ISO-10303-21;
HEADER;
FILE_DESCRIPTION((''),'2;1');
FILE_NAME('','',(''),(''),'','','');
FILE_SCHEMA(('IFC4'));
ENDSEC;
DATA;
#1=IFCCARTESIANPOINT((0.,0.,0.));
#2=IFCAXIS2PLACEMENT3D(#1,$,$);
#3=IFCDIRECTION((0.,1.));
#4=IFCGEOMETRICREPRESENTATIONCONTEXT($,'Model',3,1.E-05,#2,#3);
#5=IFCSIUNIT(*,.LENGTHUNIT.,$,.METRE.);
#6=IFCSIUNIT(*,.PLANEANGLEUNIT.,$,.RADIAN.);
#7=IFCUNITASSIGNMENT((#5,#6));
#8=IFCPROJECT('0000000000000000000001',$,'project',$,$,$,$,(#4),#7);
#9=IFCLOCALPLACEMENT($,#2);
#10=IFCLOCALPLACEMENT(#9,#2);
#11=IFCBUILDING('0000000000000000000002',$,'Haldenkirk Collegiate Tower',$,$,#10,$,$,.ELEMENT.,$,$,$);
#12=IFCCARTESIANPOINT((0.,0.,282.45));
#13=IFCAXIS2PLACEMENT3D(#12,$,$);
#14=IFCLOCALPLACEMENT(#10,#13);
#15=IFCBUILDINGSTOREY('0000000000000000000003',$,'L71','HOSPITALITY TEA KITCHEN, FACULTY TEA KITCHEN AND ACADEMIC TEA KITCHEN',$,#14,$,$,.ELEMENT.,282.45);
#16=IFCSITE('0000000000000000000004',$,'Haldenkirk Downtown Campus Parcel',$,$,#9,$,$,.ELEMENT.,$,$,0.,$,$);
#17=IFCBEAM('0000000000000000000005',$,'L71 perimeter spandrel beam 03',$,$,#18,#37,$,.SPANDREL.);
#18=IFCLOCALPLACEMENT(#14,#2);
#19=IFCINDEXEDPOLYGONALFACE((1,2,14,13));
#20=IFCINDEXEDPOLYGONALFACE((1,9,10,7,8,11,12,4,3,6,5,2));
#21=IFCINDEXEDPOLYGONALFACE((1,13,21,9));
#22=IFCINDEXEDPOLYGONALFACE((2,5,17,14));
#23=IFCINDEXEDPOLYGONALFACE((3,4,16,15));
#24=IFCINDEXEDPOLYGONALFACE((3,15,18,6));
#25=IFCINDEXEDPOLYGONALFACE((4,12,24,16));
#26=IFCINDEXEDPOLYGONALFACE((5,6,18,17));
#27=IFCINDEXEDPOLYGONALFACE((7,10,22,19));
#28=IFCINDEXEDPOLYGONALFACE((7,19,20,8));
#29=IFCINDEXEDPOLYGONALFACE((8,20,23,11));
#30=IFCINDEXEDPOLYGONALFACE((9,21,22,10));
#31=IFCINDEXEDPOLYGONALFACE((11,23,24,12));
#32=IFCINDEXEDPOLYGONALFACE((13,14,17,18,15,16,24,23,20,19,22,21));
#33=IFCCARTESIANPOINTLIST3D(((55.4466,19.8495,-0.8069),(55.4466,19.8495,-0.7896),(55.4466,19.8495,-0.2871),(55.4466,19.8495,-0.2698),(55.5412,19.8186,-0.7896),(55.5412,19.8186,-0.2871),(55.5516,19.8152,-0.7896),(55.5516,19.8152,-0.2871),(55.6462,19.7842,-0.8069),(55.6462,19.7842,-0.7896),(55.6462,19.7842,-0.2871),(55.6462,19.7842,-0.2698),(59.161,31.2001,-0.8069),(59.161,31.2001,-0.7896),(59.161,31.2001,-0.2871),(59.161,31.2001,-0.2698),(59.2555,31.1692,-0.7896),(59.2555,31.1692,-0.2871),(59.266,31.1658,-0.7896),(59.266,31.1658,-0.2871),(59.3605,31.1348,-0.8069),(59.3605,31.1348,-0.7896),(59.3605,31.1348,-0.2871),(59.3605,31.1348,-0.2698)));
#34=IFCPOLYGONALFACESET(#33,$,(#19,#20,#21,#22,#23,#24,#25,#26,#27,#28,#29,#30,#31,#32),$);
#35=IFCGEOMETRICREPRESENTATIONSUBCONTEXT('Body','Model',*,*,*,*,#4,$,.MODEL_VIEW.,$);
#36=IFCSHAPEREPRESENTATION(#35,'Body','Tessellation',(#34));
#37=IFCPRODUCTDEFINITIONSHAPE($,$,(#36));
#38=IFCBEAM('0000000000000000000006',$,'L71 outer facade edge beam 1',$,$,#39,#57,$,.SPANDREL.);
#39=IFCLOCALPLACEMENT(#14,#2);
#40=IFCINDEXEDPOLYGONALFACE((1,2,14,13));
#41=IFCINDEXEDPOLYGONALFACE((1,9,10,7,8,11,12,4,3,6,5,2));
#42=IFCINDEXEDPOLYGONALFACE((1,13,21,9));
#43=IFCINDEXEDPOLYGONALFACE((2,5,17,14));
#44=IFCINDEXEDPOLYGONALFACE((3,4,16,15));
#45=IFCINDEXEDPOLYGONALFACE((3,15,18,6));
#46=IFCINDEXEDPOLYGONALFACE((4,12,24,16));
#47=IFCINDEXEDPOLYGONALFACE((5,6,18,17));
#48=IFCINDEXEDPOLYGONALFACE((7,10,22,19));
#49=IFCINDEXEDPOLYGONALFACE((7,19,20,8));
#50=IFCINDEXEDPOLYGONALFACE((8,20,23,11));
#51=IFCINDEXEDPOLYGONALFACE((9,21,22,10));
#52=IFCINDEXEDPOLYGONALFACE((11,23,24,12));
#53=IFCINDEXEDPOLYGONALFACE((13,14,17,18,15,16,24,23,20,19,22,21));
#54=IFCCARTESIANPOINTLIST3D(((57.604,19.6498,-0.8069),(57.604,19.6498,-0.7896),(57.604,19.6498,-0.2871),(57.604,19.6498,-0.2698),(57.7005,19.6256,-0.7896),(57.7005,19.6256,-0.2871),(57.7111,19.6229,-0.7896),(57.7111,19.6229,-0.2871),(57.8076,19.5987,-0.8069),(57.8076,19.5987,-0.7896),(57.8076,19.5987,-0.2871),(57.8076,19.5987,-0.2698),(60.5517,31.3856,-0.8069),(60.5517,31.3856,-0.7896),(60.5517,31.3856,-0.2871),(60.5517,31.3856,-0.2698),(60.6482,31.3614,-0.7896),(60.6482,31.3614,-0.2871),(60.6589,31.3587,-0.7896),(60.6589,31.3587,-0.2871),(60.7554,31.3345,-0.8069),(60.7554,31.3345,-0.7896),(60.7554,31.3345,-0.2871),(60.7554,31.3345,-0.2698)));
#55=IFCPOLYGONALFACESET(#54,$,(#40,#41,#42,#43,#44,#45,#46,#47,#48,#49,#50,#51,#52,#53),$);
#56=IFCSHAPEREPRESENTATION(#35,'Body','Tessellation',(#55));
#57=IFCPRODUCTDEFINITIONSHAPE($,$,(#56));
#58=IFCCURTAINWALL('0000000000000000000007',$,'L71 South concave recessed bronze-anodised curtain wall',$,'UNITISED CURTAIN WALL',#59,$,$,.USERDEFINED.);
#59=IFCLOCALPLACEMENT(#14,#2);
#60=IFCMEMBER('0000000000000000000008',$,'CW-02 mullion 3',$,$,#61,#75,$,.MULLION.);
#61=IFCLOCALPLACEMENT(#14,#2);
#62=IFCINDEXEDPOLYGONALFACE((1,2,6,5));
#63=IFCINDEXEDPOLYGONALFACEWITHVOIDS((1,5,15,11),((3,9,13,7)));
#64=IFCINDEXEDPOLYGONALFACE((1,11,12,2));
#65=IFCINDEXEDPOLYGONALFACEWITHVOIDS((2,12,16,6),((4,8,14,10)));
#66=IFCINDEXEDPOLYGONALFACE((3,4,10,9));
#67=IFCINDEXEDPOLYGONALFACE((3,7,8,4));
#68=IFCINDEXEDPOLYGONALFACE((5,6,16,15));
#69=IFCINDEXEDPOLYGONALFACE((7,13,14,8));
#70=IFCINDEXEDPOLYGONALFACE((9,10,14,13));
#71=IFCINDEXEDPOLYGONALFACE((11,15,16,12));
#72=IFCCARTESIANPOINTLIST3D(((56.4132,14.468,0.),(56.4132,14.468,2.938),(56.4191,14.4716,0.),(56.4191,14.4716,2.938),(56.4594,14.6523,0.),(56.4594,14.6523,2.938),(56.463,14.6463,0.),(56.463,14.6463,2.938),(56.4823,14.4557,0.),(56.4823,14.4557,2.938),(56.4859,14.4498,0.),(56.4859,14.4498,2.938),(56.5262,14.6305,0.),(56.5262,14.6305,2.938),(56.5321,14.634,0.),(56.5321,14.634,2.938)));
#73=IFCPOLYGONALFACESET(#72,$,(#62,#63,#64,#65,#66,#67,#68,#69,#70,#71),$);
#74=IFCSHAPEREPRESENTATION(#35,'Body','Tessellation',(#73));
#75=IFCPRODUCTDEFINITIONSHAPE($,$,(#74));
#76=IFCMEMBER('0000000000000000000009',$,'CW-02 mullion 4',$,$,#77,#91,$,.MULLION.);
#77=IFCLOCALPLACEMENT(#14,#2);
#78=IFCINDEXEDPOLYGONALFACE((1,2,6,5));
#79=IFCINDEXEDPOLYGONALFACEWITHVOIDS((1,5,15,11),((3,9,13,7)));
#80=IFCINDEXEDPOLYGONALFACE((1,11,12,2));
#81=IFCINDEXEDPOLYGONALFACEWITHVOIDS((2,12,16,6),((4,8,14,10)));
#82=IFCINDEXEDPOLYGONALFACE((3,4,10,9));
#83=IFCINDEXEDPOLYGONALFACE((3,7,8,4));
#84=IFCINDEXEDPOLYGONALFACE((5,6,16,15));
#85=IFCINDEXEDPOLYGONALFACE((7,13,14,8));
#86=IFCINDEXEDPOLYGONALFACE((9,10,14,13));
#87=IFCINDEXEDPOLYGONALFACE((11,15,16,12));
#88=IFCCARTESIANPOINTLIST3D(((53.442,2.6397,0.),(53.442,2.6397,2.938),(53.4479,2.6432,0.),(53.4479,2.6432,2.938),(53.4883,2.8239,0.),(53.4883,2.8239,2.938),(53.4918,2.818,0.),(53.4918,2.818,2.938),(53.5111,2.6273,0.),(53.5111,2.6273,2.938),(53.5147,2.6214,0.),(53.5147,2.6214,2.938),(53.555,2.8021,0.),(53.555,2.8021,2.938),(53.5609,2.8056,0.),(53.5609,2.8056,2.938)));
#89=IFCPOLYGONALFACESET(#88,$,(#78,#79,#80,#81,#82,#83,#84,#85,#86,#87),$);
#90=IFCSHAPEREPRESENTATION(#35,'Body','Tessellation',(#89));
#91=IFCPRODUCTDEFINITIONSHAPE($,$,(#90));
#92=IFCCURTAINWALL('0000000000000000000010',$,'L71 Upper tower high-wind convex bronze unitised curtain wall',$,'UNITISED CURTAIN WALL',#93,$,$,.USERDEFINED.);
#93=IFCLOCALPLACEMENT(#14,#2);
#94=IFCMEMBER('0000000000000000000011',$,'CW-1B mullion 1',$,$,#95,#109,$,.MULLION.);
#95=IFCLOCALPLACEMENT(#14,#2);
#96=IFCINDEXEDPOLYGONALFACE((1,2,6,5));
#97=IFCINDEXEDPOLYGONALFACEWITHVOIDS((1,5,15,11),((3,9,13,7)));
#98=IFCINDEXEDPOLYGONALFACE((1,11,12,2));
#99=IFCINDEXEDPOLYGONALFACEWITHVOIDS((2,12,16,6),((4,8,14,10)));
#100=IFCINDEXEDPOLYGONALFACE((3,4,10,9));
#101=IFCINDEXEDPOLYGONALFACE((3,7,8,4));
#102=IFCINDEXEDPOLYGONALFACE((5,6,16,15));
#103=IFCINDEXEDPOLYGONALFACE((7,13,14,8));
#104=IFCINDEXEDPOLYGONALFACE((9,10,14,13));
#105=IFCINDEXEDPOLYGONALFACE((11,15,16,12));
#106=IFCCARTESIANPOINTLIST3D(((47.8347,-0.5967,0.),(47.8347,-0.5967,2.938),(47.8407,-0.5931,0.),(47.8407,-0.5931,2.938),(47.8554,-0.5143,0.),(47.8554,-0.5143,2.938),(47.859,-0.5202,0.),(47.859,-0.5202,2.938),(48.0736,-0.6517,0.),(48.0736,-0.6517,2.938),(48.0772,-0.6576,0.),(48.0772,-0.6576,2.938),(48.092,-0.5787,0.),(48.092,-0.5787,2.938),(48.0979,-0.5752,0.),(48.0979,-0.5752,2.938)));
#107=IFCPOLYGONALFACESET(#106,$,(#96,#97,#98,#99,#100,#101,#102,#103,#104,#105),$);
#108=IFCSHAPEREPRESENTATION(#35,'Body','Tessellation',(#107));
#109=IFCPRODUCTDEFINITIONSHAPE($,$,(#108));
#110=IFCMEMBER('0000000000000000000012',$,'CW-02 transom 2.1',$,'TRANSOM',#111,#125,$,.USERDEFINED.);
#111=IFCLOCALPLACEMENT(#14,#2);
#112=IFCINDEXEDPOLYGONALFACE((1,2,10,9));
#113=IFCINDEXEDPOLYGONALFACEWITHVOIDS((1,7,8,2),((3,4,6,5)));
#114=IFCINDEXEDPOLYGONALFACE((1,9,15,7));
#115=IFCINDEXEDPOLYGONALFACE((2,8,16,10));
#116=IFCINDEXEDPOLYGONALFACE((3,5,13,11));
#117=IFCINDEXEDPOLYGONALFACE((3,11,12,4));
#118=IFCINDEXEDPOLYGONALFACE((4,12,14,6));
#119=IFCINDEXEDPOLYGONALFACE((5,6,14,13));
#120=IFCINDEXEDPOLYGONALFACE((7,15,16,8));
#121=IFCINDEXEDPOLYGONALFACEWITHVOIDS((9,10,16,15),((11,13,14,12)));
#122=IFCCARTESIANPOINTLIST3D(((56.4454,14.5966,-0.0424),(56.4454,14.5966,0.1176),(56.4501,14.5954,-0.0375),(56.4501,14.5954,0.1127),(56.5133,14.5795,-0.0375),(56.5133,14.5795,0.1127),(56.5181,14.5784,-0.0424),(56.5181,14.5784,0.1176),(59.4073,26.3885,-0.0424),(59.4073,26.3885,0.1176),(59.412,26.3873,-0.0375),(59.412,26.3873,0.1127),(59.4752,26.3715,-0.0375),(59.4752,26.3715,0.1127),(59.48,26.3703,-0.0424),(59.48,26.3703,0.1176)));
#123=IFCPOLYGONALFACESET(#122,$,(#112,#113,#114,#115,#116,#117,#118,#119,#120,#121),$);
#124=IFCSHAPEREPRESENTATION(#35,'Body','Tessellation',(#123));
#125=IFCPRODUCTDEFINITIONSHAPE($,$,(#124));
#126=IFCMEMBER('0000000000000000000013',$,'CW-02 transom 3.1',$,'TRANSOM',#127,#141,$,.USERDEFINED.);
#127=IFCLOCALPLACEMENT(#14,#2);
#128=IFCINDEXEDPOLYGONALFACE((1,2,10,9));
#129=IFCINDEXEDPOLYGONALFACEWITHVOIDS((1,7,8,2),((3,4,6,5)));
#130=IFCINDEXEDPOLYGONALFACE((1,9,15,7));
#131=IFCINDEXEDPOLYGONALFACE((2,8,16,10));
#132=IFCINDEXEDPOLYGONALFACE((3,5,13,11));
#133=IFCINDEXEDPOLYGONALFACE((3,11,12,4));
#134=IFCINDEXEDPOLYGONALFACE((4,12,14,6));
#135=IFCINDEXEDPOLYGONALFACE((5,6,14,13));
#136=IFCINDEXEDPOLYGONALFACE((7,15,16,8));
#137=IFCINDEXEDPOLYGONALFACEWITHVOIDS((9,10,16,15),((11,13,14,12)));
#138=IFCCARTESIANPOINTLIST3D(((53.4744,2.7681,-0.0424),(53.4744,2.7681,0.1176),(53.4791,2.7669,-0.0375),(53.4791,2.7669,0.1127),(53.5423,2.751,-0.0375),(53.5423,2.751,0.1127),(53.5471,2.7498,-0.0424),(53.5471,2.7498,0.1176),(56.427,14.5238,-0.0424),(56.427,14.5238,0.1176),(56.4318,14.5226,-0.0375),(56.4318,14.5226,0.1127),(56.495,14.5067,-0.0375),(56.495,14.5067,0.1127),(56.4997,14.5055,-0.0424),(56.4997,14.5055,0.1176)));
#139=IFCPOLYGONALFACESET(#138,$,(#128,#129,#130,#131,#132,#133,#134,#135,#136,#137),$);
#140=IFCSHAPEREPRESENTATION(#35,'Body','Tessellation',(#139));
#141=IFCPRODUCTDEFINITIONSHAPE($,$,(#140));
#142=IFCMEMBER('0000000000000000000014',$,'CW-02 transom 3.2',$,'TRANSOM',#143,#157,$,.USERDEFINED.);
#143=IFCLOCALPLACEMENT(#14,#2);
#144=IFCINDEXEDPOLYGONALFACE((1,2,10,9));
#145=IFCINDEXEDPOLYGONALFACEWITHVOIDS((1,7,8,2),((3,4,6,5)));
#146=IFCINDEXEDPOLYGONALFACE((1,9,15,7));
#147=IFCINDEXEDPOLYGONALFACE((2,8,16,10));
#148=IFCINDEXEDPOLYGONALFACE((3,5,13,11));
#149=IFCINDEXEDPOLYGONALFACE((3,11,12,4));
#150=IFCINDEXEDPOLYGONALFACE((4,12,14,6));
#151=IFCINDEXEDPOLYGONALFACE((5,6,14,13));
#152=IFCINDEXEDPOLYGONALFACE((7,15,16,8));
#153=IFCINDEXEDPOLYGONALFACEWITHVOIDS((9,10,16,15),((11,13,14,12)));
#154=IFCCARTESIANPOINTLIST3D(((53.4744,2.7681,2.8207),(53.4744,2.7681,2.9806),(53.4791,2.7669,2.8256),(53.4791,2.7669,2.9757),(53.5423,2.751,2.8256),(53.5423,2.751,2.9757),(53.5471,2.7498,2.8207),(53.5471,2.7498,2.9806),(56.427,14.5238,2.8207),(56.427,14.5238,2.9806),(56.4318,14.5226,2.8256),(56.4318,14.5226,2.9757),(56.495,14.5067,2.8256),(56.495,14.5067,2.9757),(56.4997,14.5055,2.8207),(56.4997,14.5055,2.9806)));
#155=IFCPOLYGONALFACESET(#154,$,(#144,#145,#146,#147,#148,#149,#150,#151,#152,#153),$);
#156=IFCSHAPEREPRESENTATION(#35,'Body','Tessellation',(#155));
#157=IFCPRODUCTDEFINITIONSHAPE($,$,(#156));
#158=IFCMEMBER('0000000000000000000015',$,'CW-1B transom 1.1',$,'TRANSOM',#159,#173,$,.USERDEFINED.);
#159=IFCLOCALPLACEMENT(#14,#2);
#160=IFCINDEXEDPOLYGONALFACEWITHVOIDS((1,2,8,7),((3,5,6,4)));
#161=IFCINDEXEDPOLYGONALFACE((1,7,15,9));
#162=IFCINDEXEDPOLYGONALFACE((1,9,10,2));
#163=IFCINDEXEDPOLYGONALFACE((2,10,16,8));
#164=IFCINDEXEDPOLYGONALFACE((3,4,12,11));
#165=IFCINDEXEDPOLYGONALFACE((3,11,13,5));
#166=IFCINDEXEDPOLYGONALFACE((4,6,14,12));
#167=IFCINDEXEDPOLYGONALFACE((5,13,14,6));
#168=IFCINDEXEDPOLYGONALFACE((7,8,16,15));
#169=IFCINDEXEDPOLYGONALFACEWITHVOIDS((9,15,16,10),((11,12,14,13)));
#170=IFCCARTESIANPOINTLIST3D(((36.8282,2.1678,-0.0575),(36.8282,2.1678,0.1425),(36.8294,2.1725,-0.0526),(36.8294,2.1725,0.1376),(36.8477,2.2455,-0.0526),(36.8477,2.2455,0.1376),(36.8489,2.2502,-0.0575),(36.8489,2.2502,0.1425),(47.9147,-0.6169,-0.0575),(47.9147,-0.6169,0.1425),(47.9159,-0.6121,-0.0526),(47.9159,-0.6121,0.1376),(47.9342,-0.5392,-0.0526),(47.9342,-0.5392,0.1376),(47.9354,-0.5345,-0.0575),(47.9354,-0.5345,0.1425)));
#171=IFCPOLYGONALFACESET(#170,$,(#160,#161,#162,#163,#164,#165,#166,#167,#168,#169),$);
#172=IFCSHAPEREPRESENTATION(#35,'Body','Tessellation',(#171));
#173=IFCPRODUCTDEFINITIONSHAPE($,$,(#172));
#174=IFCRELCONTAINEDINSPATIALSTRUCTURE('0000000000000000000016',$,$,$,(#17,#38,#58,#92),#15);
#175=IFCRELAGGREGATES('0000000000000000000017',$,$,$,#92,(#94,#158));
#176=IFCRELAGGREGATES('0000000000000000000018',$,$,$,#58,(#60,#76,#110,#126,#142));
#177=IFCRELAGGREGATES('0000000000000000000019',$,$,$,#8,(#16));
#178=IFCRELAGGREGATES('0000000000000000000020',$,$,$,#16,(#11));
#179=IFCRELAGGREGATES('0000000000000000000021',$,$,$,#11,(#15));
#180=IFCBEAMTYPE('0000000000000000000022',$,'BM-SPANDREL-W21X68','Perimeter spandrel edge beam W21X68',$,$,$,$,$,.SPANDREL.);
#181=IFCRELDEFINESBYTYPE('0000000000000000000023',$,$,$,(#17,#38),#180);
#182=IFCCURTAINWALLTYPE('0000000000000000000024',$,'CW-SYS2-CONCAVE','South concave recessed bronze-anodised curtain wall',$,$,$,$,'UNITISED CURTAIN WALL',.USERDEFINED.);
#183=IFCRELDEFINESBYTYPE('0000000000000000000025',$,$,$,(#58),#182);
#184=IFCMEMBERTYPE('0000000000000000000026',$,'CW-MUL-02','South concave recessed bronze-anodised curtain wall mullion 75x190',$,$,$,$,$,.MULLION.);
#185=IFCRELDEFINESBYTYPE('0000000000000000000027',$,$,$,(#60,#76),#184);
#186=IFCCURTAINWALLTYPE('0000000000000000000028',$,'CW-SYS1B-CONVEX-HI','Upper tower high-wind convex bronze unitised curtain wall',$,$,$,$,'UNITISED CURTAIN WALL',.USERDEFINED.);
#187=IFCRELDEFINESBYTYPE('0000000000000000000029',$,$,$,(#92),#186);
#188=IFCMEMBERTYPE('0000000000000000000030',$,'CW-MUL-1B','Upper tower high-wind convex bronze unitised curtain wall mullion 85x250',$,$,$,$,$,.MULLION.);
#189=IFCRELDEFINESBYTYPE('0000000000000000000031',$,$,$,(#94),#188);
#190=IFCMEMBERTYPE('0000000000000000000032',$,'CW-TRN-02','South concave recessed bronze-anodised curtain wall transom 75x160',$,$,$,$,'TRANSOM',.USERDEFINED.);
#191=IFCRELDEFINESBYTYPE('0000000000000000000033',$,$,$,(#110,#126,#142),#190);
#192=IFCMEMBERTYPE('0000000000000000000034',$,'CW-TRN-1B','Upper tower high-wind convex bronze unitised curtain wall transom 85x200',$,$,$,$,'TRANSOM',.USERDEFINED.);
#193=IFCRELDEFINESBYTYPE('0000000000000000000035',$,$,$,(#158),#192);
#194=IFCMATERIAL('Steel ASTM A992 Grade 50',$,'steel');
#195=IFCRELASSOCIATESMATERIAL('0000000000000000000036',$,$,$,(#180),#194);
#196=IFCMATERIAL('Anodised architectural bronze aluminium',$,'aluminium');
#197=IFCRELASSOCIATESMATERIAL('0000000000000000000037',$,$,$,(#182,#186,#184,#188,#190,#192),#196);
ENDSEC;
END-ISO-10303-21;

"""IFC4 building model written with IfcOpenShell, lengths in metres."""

from ifc_helpers import new_model, si_unit, direction, frame, origin, origin_2d, place, context, subcontext, project, spatial, hollow_rectangle, i_section, extrude, material, material_profile, profile_set, type_object, element, aggregate, save


model = new_model("IFC4")

# Units and contexts
model_context = context("Model", 3, precision=1e-05, world=origin(), true_north=direction((0.0, 1.0)))
body_context = subcontext(model_context, "Body", "Model", "MODEL_VIEW")
ifc_project = project(units=[si_unit("LENGTHUNIT", "METRE"), si_unit("PLANEANGLEUNIT", "RADIAN")], contexts=[model_context])

# Site, building, storey
site_placement = place(None, origin())
site = spatial("IfcSite", under=ifc_project, at=site_placement, Name="Haldenkirk Downtown Campus Parcel", CompositionType="ELEMENT", RefElevation=0.0)
building_placement = place(site_placement, origin())
building = spatial("IfcBuilding", under=site, at=building_placement, Name="Haldenkirk Collegiate Tower", CompositionType="ELEMENT")
storey_placement = place(building_placement, frame((0.0, 0.0, 282.45)))
storey = spatial("IfcBuildingStorey", under=building, at=storey_placement, Name="L71", Description="HOSPITALITY TEA KITCHEN, FACULTY TEA KITCHEN AND ACADEMIC TEA KITCHEN", CompositionType="ELEMENT", Elevation=282.45)

# Beams
ifc_material_1 = material(Name="Steel ASTM A992 Grade 50", Category="steel")
ifc_material_profile_1 = material_profile(ifc_material_1, i_section(OverallWidth=0.21, OverallDepth=0.5371, WebThickness=0.011, FlangeThickness=0.0173, at=origin_2d()), Name="W21X68")
ifc_profile_set_1 = profile_set([ifc_material_profile_1], Name="Steel ASTM A992 Grade 50")
beam_type_1 = type_object("IfcBeamType", Name="BM-SPANDREL-W21X68", Description="Perimeter spandrel edge beam W21X68", PredefinedType="SPANDREL", material=ifc_profile_set_1)
for number, where, z_axis, x_axis, name in (
    (1, (55.5464, 19.8169, -0.5383), (0.31101, 0.950407, 0.0), (-0.950407, 0.31101, 0.0), "L71 perimeter spandrel beam 03"),
):
    element("IfcBeam", number, at=place(storey_placement, frame(where, z_axis=z_axis, x_axis=x_axis)), inside=storey, type_object=beam_type_1, Name=name, PredefinedType="SPANDREL", context=body_context, shape_type="SweptSolid", body=[
        extrude(i_section(OverallWidth=0.21, OverallDepth=0.5371, WebThickness=0.011, FlangeThickness=0.0173, at=origin_2d()), origin(), (0.0, 0.0, 1.0), 11.9429),
    ])
beam_1_placement = place(storey_placement, frame((57.7058, 19.6243, -0.5383), z_axis=(0.243608, 0.969874, 0.0), x_axis=(-0.969874, 0.243608, 0.0)))
element("IfcBeam", 2, at=beam_1_placement, inside=storey, type_object=beam_type_1, Name="L71 outer facade edge beam 1", PredefinedType="SPANDREL", context=body_context, shape_type="SweptSolid", body=[
    extrude(i_section(OverallWidth=0.21, OverallDepth=0.5371, WebThickness=0.011, FlangeThickness=0.0173, at=origin_2d()), origin(), (0.0, 0.0, 1.0), 12.1003),
])

# Curtain wall, members
ifc_material_2 = material(Name="Anodised architectural bronze aluminium", Category="aluminium")
curtain_wall_type_1 = type_object("IfcCurtainWallType", Name="CW-SYS2-CONCAVE", Description="South concave recessed bronze-anodised curtain wall", ElementType="UNITISED CURTAIN WALL", PredefinedType="USERDEFINED", material=ifc_material_2)
curtain_wall_1_placement = place(storey_placement, origin())
curtain_wall_1 = element("IfcCurtainWall", 3, at=curtain_wall_1_placement, inside=storey, type_object=curtain_wall_type_1, Name="L71 South concave recessed bronze-anodised curtain wall", ObjectType="UNITISED CURTAIN WALL", PredefinedType="USERDEFINED")
ifc_material_profile_2 = material_profile(ifc_material_2, hollow_rectangle(XDim=0.075, YDim=0.1899, WallThickness=0.0049, at=origin_2d()), Name="CW-MUL-02")
ifc_profile_set_2 = profile_set([ifc_material_profile_2], Name="Anodised architectural bronze aluminium")
member_type_1 = type_object("IfcMemberType", Name="CW-MUL-02", Description="South concave recessed bronze-anodised curtain wall mullion 75x190", PredefinedType="MULLION", material=ifc_profile_set_2)
member_1_placement = place(storey_placement, frame((56.4727, 14.551, 0.0), z_axis=(0.0, 0.0, 1.0), x_axis=(0.969872, -0.243614, 0.0)))
member_1 = element("IfcMember", 4, at=member_1_placement, type_object=member_type_1, Name="CW-02 mullion 3", PredefinedType="MULLION", context=body_context, shape_type="SweptSolid", body=[
    extrude(hollow_rectangle(XDim=0.075, YDim=0.1899, WallThickness=0.0049, at=origin_2d()), origin(), (0.0, 0.0, 1.0), 2.938),
])
member_2_placement = place(storey_placement, frame((53.5015, 2.7227, 0.0), z_axis=(0.0, 0.0, 1.0), x_axis=(0.969872, -0.243614, 0.0)))
member_2 = element("IfcMember", 5, at=member_2_placement, type_object=member_type_1, Name="CW-02 mullion 4", PredefinedType="MULLION", context=body_context, shape_type="SweptSolid", body=[
    extrude(hollow_rectangle(XDim=0.075, YDim=0.1899, WallThickness=0.0049, at=origin_2d()), origin(), (0.0, 0.0, 1.0), 2.938),
])

# Curtain wall, member
curtain_wall_type_2 = type_object("IfcCurtainWallType", Name="CW-SYS1B-CONVEX-HI", Description="Upper tower high-wind convex bronze unitised curtain wall", ElementType="UNITISED CURTAIN WALL", PredefinedType="USERDEFINED", material=ifc_material_2)
curtain_wall_2_placement = place(storey_placement, origin())
curtain_wall_2 = element("IfcCurtainWall", 6, at=curtain_wall_2_placement, inside=storey, type_object=curtain_wall_type_2, Name="L71 Upper tower high-wind convex bronze unitised curtain wall", ObjectType="UNITISED CURTAIN WALL", PredefinedType="USERDEFINED")
ifc_material_profile_3 = material_profile(ifc_material_2, hollow_rectangle(XDim=0.085, YDim=0.25, WallThickness=0.0049, at=origin_2d()), Name="CW-MUL-1B")
ifc_profile_set_3 = profile_set([ifc_material_profile_3], Name="Anodised architectural bronze aluminium")
member_type_2 = type_object("IfcMemberType", Name="CW-MUL-1B", Description="Upper tower high-wind convex bronze unitised curtain wall mullion 85x250", PredefinedType="MULLION", material=ifc_profile_set_3)
member_3_placement = place(storey_placement, frame((47.9663, -0.5859, 0.0), z_axis=(0.0, 0.0, 1.0), x_axis=(-0.243611, -0.969873, 0.0)))
member_3 = element("IfcMember", 7, at=member_3_placement, type_object=member_type_2, Name="CW-1B mullion 1", PredefinedType="MULLION", context=body_context, shape_type="SweptSolid", body=[
    extrude(hollow_rectangle(XDim=0.085, YDim=0.25, WallThickness=0.0049, at=origin_2d()), origin(), (0.0, 0.0, 1.0), 2.938),
])

# Members
ifc_material_profile_4 = material_profile(ifc_material_2, hollow_rectangle(XDim=0.075, YDim=0.1599, WallThickness=0.0049, at=origin_2d()), Name="CW-TRN-02")
ifc_profile_set_4 = profile_set([ifc_material_profile_4], Name="Anodised architectural bronze aluminium")
member_type_3 = type_object("IfcMemberType", Name="CW-TRN-02", Description="South concave recessed bronze-anodised curtain wall transom 75x160", ElementType="TRANSOM", PredefinedType="USERDEFINED", material=ifc_profile_set_4)
member_4_placement = place(storey_placement, frame((59.4436, 26.3794, 0.0376), z_axis=(-0.243613, -0.969873, 0.0), x_axis=(0.969873, -0.243613, 0.0)))
member_4 = element("IfcMember", 8, at=member_4_placement, type_object=member_type_3, Name="CW-02 transom 2.1", ObjectType="TRANSOM", PredefinedType="USERDEFINED", context=body_context, shape_type="SweptSolid", body=[
    extrude(hollow_rectangle(XDim=0.075, YDim=0.1599, WallThickness=0.0049, at=origin_2d()), origin(), (0.0, 0.0, 1.0), 12.1582),
])
member_5_placement = place(storey_placement, frame((56.4634, 14.5146, 0.0376), z_axis=(-0.243602, -0.969875, 0.0), x_axis=(0.969875, -0.243602, 0.0)))
member_5 = element("IfcMember", 9, at=member_5_placement, type_object=member_type_3, Name="CW-02 transom 3.1", ObjectType="TRANSOM", PredefinedType="USERDEFINED", context=body_context, shape_type="SweptSolid", body=[
    extrude(hollow_rectangle(XDim=0.075, YDim=0.1599, WallThickness=0.0049, at=origin_2d()), origin(), (0.0, 0.0, 1.0), 12.1208),
])
member_6_placement = place(storey_placement, frame((56.4634, 14.5146, 2.9006), z_axis=(-0.243602, -0.969875, 0.0), x_axis=(0.969875, -0.243602, 0.0)))
member_6 = element("IfcMember", 10, at=member_6_placement, type_object=member_type_3, Name="CW-02 transom 3.2", ObjectType="TRANSOM", PredefinedType="USERDEFINED", context=body_context, shape_type="SweptSolid", body=[
    extrude(hollow_rectangle(XDim=0.075, YDim=0.1599, WallThickness=0.0049, at=origin_2d()), origin(), (0.0, 0.0, 1.0), 12.1208),
])
ifc_material_profile_5 = material_profile(ifc_material_2, hollow_rectangle(XDim=0.085, YDim=0.2, WallThickness=0.0049, at=origin_2d()), Name="CW-TRN-1B")
ifc_profile_set_5 = profile_set([ifc_material_profile_5], Name="Anodised architectural bronze aluminium")
member_type_4 = type_object("IfcMemberType", Name="CW-TRN-1B", Description="Upper tower high-wind convex bronze unitised curtain wall transom 85x200", ElementType="TRANSOM", PredefinedType="USERDEFINED", material=ifc_profile_set_5)
member_7_placement = place(storey_placement, frame((47.925, -0.5757, 0.0425), z_axis=(-0.969873, 0.243611, 0.0), x_axis=(-0.243611, -0.969873, 0.0)))
member_7 = element("IfcMember", 11, at=member_7_placement, type_object=member_type_4, Name="CW-1B transom 1.1", ObjectType="TRANSOM", PredefinedType="USERDEFINED", context=body_context, shape_type="SweptSolid", body=[
    extrude(hollow_rectangle(XDim=0.085, YDim=0.2, WallThickness=0.0049, at=origin_2d()), origin(), (0.0, 0.0, 1.0), 11.4309),
])
aggregate(curtain_wall_2, [member_3, member_7])

aggregate(curtain_wall_1, [member_1, member_2, member_4, member_5, member_6])

save(model, "model.ifc")
